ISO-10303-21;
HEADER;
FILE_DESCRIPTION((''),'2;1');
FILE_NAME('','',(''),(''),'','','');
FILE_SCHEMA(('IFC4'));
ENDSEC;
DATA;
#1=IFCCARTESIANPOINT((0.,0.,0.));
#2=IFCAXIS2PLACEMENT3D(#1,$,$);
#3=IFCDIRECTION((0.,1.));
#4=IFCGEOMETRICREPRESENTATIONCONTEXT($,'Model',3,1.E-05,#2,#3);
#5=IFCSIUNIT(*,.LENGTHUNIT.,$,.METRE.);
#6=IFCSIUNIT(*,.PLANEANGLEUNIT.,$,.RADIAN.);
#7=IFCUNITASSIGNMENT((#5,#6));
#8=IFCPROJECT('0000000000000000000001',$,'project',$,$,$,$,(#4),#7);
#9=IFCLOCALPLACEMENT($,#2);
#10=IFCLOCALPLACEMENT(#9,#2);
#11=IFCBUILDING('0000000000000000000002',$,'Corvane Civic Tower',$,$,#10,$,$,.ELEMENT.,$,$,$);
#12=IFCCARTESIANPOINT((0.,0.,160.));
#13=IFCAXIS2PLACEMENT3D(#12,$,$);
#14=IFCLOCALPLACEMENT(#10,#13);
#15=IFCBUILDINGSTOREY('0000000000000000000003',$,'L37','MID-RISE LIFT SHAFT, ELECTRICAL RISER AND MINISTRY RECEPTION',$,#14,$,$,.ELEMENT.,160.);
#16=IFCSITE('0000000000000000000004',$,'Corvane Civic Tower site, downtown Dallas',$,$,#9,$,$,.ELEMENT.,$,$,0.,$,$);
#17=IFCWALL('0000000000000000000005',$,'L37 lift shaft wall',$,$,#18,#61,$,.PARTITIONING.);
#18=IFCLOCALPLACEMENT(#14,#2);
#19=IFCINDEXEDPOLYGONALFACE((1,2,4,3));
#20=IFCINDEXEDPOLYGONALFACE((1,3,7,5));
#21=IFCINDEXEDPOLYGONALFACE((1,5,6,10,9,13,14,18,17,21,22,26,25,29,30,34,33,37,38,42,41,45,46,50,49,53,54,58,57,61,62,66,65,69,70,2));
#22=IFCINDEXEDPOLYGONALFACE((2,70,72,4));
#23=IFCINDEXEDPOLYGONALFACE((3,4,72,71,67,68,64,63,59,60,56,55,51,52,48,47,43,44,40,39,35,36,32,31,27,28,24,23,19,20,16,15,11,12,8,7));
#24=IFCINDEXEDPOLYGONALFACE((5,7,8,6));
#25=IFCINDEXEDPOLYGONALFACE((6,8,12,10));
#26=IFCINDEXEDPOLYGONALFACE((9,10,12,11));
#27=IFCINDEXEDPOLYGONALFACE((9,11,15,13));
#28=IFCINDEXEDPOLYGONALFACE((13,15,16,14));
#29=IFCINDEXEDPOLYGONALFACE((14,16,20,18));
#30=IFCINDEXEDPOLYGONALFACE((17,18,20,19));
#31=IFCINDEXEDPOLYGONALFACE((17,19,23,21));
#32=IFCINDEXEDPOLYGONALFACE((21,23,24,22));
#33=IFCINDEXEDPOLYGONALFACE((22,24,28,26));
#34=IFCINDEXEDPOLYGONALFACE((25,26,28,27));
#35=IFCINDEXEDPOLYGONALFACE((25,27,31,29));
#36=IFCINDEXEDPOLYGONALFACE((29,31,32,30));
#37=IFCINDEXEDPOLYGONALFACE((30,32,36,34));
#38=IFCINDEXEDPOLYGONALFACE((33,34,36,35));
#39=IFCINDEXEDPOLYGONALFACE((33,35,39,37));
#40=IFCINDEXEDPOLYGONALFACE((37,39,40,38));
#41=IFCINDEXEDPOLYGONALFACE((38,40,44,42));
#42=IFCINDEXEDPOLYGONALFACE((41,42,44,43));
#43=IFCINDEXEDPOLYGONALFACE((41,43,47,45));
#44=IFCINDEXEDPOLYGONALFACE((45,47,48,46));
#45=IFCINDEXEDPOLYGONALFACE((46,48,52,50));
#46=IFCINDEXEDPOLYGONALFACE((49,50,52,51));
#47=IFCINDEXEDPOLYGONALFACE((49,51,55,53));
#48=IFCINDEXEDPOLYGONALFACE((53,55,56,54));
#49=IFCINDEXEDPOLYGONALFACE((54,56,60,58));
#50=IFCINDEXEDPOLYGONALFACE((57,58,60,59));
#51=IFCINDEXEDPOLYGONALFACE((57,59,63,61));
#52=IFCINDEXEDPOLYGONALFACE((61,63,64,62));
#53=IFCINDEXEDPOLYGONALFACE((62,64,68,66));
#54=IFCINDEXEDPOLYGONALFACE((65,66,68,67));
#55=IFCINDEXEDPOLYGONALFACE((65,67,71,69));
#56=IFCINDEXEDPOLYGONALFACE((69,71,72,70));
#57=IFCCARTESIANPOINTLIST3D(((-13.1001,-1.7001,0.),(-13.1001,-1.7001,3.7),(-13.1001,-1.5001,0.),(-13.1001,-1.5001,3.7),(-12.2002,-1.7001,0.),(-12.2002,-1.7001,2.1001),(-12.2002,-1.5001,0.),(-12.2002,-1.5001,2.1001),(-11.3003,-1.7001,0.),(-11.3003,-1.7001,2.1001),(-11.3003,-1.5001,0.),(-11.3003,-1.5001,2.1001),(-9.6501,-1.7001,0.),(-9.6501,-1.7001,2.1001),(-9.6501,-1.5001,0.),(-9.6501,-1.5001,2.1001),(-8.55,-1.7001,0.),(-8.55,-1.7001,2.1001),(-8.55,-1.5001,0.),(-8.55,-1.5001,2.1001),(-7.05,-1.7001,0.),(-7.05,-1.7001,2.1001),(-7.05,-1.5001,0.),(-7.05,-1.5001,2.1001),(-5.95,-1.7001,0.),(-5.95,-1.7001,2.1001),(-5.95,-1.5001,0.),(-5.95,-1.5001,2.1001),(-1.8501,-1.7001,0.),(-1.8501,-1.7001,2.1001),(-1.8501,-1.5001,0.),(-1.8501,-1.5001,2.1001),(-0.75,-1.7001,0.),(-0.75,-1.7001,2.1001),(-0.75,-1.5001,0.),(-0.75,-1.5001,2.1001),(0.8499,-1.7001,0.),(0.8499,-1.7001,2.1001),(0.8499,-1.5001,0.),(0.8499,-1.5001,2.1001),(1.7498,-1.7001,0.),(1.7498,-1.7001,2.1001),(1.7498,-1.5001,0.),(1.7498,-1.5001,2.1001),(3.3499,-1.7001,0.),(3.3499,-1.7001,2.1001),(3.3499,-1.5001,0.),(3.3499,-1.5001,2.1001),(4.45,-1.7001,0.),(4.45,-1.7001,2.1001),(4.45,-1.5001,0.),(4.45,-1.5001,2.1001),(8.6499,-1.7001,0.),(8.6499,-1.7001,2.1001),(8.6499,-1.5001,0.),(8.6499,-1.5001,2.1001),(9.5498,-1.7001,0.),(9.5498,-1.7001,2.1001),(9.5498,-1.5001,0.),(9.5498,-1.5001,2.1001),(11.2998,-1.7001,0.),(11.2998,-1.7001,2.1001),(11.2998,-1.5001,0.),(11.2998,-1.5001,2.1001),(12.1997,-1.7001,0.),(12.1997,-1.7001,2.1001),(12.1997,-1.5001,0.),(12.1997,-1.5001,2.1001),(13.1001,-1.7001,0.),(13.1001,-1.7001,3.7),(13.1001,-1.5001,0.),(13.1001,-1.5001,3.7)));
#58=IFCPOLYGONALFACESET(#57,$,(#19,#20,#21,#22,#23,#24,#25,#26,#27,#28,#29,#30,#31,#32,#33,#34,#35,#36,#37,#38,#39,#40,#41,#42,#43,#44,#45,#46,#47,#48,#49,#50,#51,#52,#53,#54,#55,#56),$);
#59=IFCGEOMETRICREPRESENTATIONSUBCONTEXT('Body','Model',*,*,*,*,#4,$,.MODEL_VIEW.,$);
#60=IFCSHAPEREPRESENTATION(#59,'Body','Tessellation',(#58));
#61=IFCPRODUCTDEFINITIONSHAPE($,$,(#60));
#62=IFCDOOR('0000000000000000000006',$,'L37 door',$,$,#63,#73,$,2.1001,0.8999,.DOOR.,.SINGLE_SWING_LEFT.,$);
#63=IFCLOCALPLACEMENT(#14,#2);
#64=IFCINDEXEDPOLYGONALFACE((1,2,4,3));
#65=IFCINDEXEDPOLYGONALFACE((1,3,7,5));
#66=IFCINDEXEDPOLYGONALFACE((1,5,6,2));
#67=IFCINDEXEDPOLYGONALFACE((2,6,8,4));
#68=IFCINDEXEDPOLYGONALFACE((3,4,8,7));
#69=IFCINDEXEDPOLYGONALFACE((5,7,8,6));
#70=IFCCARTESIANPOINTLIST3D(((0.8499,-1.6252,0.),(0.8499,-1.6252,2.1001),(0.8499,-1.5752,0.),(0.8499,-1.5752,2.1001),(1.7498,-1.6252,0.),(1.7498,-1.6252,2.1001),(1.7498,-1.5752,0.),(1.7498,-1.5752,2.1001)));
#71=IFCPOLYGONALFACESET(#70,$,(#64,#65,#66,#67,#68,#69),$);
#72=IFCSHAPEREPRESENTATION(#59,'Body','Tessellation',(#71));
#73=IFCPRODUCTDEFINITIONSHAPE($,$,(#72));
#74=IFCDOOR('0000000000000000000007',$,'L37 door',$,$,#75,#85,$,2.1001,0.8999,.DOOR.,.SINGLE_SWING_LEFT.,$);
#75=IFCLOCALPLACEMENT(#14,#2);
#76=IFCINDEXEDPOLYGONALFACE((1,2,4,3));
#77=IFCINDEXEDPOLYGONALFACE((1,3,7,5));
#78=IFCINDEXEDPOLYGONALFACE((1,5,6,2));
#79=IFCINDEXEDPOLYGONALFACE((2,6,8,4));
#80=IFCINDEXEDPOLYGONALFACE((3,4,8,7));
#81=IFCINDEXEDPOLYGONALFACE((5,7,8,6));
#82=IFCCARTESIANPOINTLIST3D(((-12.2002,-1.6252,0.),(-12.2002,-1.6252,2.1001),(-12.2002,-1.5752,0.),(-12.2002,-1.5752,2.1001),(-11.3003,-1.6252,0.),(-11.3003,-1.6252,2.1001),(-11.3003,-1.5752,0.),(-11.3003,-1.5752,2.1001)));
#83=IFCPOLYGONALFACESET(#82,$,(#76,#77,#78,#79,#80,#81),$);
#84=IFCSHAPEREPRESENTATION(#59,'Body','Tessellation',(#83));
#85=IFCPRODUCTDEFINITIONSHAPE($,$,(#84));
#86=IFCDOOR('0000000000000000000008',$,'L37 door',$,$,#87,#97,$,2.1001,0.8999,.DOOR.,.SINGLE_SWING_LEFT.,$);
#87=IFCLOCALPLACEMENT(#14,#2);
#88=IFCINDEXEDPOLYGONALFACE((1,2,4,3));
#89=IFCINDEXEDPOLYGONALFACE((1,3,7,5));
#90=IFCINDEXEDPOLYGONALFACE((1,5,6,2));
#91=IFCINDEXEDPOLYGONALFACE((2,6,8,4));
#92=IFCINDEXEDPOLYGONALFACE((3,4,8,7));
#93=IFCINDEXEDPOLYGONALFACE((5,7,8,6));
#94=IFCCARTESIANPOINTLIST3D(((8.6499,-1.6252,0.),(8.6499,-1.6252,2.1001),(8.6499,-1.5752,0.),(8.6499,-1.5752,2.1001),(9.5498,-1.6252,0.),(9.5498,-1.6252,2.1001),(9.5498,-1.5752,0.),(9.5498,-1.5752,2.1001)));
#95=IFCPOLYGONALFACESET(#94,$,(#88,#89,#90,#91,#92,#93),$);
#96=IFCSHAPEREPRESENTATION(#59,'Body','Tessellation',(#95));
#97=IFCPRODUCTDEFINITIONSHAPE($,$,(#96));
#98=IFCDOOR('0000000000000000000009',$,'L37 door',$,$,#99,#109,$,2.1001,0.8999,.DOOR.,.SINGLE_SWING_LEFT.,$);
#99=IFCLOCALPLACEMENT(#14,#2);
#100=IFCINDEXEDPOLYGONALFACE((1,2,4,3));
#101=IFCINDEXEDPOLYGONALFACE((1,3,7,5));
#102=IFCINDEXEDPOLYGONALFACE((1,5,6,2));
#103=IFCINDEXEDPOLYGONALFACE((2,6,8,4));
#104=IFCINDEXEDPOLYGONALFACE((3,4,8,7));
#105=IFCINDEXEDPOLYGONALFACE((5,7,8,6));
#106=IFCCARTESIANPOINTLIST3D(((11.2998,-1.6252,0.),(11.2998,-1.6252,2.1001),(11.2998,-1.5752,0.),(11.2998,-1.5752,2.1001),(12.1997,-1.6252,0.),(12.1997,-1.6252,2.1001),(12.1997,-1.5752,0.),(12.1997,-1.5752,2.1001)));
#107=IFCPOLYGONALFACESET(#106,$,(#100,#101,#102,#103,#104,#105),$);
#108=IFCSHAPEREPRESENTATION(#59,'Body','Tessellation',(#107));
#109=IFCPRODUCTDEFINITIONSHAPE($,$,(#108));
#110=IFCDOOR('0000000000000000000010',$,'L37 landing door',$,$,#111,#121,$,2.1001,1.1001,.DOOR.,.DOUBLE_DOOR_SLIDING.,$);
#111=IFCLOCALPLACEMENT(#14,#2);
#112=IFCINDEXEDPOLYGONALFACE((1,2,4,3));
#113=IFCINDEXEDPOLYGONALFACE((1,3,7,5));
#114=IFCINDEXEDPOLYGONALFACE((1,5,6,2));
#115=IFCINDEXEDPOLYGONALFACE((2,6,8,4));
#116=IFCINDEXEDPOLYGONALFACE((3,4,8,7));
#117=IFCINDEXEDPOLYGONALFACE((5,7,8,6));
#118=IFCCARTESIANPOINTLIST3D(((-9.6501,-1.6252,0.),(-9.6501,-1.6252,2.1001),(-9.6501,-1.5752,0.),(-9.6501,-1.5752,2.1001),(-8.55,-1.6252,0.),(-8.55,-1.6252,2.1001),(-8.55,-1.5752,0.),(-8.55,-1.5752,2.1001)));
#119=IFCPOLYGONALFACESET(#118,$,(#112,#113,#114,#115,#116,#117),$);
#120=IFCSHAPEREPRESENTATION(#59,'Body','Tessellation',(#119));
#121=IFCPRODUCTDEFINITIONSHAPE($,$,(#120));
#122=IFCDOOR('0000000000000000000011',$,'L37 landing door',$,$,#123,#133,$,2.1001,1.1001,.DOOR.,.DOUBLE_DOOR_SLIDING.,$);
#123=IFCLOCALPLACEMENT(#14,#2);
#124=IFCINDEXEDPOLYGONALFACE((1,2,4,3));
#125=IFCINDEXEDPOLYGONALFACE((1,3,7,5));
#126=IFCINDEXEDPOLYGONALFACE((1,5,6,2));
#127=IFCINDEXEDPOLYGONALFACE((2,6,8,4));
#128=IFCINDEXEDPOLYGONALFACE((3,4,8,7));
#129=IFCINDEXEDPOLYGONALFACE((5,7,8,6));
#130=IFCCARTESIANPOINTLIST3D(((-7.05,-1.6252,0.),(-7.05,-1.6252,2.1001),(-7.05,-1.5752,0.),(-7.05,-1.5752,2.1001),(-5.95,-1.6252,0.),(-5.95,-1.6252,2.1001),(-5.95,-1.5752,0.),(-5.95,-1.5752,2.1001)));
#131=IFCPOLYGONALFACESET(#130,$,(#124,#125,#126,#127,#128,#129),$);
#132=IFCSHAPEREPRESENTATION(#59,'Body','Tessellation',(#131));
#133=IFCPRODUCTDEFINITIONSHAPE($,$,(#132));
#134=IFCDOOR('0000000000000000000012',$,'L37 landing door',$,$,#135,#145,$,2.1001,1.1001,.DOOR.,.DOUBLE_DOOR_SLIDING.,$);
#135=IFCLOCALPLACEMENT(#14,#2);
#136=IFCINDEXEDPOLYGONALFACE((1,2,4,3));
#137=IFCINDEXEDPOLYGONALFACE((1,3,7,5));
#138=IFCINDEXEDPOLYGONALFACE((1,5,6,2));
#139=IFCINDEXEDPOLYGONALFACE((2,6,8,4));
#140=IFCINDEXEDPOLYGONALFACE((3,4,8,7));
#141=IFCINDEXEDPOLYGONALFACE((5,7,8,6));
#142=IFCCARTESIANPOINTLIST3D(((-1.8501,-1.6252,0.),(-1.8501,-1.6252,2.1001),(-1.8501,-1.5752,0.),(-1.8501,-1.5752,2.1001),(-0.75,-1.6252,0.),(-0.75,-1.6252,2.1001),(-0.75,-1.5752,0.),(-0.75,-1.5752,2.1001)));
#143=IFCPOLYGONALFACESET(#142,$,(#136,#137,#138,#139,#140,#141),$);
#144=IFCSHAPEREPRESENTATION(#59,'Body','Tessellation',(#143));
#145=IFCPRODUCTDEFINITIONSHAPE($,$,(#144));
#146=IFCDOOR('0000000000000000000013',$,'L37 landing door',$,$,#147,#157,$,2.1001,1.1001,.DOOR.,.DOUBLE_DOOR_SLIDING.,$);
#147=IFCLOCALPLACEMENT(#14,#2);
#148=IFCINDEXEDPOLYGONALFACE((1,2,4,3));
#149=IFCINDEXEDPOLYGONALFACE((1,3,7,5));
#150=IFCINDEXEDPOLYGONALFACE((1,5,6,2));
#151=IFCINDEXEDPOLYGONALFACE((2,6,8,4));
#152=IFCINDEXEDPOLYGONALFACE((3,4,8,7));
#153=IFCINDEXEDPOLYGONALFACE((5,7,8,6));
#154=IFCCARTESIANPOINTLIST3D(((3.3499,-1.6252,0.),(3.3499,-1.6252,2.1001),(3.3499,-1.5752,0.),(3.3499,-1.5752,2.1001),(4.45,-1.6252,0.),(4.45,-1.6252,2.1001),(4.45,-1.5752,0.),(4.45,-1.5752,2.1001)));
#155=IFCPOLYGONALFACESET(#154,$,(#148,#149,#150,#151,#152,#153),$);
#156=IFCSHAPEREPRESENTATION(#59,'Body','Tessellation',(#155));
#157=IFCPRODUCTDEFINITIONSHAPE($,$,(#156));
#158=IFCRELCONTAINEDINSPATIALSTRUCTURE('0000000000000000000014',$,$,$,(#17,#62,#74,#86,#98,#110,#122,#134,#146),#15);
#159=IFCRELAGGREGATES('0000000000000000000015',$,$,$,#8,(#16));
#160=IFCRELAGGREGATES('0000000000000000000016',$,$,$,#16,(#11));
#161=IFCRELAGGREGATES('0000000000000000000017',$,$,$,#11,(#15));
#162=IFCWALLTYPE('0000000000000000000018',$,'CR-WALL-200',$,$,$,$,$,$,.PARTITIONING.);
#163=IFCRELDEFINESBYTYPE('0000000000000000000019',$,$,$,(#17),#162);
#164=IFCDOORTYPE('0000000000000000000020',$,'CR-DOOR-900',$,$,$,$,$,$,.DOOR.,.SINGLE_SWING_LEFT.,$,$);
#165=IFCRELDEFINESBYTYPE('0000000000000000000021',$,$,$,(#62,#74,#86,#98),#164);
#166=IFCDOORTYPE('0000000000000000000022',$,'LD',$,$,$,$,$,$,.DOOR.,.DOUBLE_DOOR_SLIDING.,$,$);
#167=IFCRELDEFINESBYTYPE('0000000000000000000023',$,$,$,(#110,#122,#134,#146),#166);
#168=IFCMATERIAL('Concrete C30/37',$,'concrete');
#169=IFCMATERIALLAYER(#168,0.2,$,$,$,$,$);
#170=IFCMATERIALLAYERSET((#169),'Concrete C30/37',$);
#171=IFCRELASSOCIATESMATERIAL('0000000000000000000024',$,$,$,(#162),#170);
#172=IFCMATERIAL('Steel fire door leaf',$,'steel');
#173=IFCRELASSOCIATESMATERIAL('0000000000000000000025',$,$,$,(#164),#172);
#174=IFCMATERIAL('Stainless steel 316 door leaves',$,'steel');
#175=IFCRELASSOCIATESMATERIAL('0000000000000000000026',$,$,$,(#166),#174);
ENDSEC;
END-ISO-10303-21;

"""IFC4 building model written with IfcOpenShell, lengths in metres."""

from ifc_helpers import new_model, si_unit, direction, frame, frame_2d, origin, place, context, subcontext, project, spatial, rectangle, extrude, material, layer, layer_set, type_object, element, fill, save


model = new_model("IFC4")

# Units and contexts
model_context = context("Model", 3, precision=1e-05, world=origin(), true_north=direction((0.0, 1.0)))
body_context = subcontext(model_context, "Body", "Model", "MODEL_VIEW")
ifc_project = project(units=[si_unit("LENGTHUNIT", "METRE"), si_unit("PLANEANGLEUNIT", "RADIAN")], contexts=[model_context])

# Site, building, storey
site_placement = place(None, origin())
site = spatial("IfcSite", under=ifc_project, at=site_placement, Name="Corvane Civic Tower site, downtown Dallas", CompositionType="ELEMENT", RefElevation=0.0)
building_placement = place(site_placement, origin())
building = spatial("IfcBuilding", under=site, at=building_placement, Name="Corvane Civic Tower", CompositionType="ELEMENT")
storey_placement = place(building_placement, frame((0.0, 0.0, 160.0)))
storey = spatial("IfcBuildingStorey", under=building, at=storey_placement, Name="L37", Description="MID-RISE LIFT SHAFT, ELECTRICAL RISER AND MINISTRY RECEPTION", CompositionType="ELEMENT", Elevation=160.0)

# Wall, openings, doors
ifc_material_1 = material(Name="Concrete C30/37", Category="concrete")
ifc_layer_1 = layer(ifc_material_1, 0.2)
ifc_layer_set_1 = layer_set([ifc_layer_1], Name="Concrete C30/37")
wall_type_1 = type_object("IfcWallType", Name="CR-WALL-200", PredefinedType="PARTITIONING", material=ifc_layer_set_1)
ifc_material_2 = material(Name="Steel fire door leaf", Category="steel")
door_type_1 = type_object("IfcDoorType", Name="CR-DOOR-900", OperationType="SINGLE_SWING_LEFT", PredefinedType="DOOR", material=ifc_material_2)
wall_1_placement = place(storey_placement, frame((-13.1001, -1.6001, 0.0), z_axis=(0.0, 0.0, 1.0), x_axis=(1.0, 0.0, 0.0)))
wall_1 = element("IfcWall", 1, at=wall_1_placement, inside=storey, type_object=wall_type_1, Name="L37 lift shaft wall", PredefinedType="PARTITIONING", context=body_context, shape_type="SweptSolid", body=[
    extrude(rectangle(XDim=26.2002, YDim=0.2, at=frame_2d((13.1001, 0.0))), origin(), (0.0, 0.0, 1.0), 3.7),
])
opening_1_placement = place(wall_1_placement, frame((3.45, 0.0, 0.0)))
opening_1 = element("IfcOpeningElement", 2, at=opening_1_placement, cuts=wall_1, PredefinedType="OPENING", context=body_context, shape_type="SweptSolid", body=[
    extrude(rectangle(XDim=1.1001, YDim=2.1001, at=frame_2d((0.55, 1.05))), frame((0.0, 0.1099, 0.0), z_axis=(0.0, -1.0, 0.0), x_axis=(1.0, 0.0, 0.0)), (0.0, 0.0, 1.0), 0.22),
])
opening_2_placement = place(wall_1_placement, frame((6.05, 0.0, 0.0)))
opening_2 = element("IfcOpeningElement", 3, at=opening_2_placement, cuts=wall_1, PredefinedType="OPENING", context=body_context, shape_type="SweptSolid", body=[
    extrude(rectangle(XDim=1.1001, YDim=2.1001, at=frame_2d((0.55, 1.05))), frame((0.0, 0.1099, 0.0), z_axis=(0.0, -1.0, 0.0), x_axis=(1.0, 0.0, 0.0)), (0.0, 0.0, 1.0), 0.22),
])
opening_3_placement = place(wall_1_placement, frame((11.25, 0.0, 0.0)))
opening_3 = element("IfcOpeningElement", 4, at=opening_3_placement, cuts=wall_1, PredefinedType="OPENING", context=body_context, shape_type="SweptSolid", body=[
    extrude(rectangle(XDim=1.1001, YDim=2.1001, at=frame_2d((0.55, 1.05))), frame((0.0, 0.1099, 0.0), z_axis=(0.0, -1.0, 0.0), x_axis=(1.0, 0.0, 0.0)), (0.0, 0.0, 1.0), 0.22),
])
opening_4_placement = place(wall_1_placement, frame((13.95, 0.0, 0.0)))
opening_4 = element("IfcOpeningElement", 5, at=opening_4_placement, cuts=wall_1, PredefinedType="OPENING", context=body_context, shape_type="SweptSolid", body=[
    extrude(rectangle(XDim=0.8999, YDim=2.1001, at=frame_2d((0.45, 1.05))), frame((0.0, 0.1099, 0.0), z_axis=(0.0, -1.0, 0.0), x_axis=(1.0, 0.0, 0.0)), (0.0, 0.0, 1.0), 0.22),
])
opening_5_placement = place(wall_1_placement, frame((16.45, 0.0, 0.0)))
opening_5 = element("IfcOpeningElement", 6, at=opening_5_placement, cuts=wall_1, PredefinedType="OPENING", context=body_context, shape_type="SweptSolid", body=[
    extrude(rectangle(XDim=1.1001, YDim=2.1001, at=frame_2d((0.55, 1.05))), frame((0.0, 0.1099, 0.0), z_axis=(0.0, -1.0, 0.0), x_axis=(1.0, 0.0, 0.0)), (0.0, 0.0, 1.0), 0.22),
])
opening_6_placement = place(wall_1_placement, frame((0.8999, 0.0, 0.0)))
opening_6 = element("IfcOpeningElement", 7, at=opening_6_placement, cuts=wall_1, PredefinedType="OPENING", context=body_context, shape_type="SweptSolid", body=[
    extrude(rectangle(XDim=0.8999, YDim=2.1001, at=frame_2d((0.45, 1.05))), frame((0.0, 0.1099, 0.0), z_axis=(0.0, -1.0, 0.0), x_axis=(1.0, 0.0, 0.0)), (0.0, 0.0, 1.0), 0.22),
])
opening_7_placement = place(wall_1_placement, frame((21.75, 0.0, 0.0)))
opening_7 = element("IfcOpeningElement", 8, at=opening_7_placement, cuts=wall_1, PredefinedType="OPENING", context=body_context, shape_type="SweptSolid", body=[
    extrude(rectangle(XDim=0.8999, YDim=2.1001, at=frame_2d((0.45, 1.05))), frame((0.0, 0.1099, 0.0), z_axis=(0.0, -1.0, 0.0), x_axis=(1.0, 0.0, 0.0)), (0.0, 0.0, 1.0), 0.22),
])
opening_8_placement = place(wall_1_placement, frame((24.3999, 0.0, 0.0)))
opening_8 = element("IfcOpeningElement", 9, at=opening_8_placement, cuts=wall_1, PredefinedType="OPENING", context=body_context, shape_type="SweptSolid", body=[
    extrude(rectangle(XDim=0.8999, YDim=2.1001, at=frame_2d((0.45, 1.05))), frame((0.0, 0.1099, 0.0), z_axis=(0.0, -1.0, 0.0), x_axis=(1.0, 0.0, 0.0)), (0.0, 0.0, 1.0), 0.22),
])
door_1_placement = place(opening_4_placement, origin())
door_1 = element("IfcDoor", 10, at=door_1_placement, inside=storey, type_object=door_type_1, Name="L37 door", OperationType="SINGLE_SWING_LEFT", OverallHeight=2.1001, OverallWidth=0.8999, PredefinedType="DOOR", context=body_context, shape_type="SweptSolid", body=[
    extrude(rectangle(XDim=0.8999, YDim=2.1001, at=frame_2d((0.45, 1.05))), frame((0.0, 0.0249, 0.0), z_axis=(0.0, -1.0, 0.0), x_axis=(1.0, 0.0, 0.0)), (0.0, 0.0, 1.0), 0.05),
])
fill(opening_4, door_1)
door_2_placement = place(opening_6_placement, origin())
door_2 = element("IfcDoor", 11, at=door_2_placement, inside=storey, type_object=door_type_1, Name="L37 door", OperationType="SINGLE_SWING_LEFT", OverallHeight=2.1001, OverallWidth=0.8999, PredefinedType="DOOR", context=body_context, shape_type="SweptSolid", body=[
    extrude(rectangle(XDim=0.8999, YDim=2.1001, at=frame_2d((0.45, 1.05))), frame((0.0, 0.0249, 0.0), z_axis=(0.0, -1.0, 0.0), x_axis=(1.0, 0.0, 0.0)), (0.0, 0.0, 1.0), 0.05),
])
fill(opening_6, door_2)
door_3_placement = place(opening_7_placement, origin())
door_3 = element("IfcDoor", 12, at=door_3_placement, inside=storey, type_object=door_type_1, Name="L37 door", OperationType="SINGLE_SWING_LEFT", OverallHeight=2.1001, OverallWidth=0.8999, PredefinedType="DOOR", context=body_context, shape_type="SweptSolid", body=[
    extrude(rectangle(XDim=0.8999, YDim=2.1001, at=frame_2d((0.45, 1.05))), frame((0.0, 0.0249, 0.0), z_axis=(0.0, -1.0, 0.0), x_axis=(1.0, 0.0, 0.0)), (0.0, 0.0, 1.0), 0.05),
])
fill(opening_7, door_3)
door_4_placement = place(opening_8_placement, origin())
door_4 = element("IfcDoor", 13, at=door_4_placement, inside=storey, type_object=door_type_1, Name="L37 door", OperationType="SINGLE_SWING_LEFT", OverallHeight=2.1001, OverallWidth=0.8999, PredefinedType="DOOR", context=body_context, shape_type="SweptSolid", body=[
    extrude(rectangle(XDim=0.8999, YDim=2.1001, at=frame_2d((0.45, 1.05))), frame((0.0, 0.0249, 0.0), z_axis=(0.0, -1.0, 0.0), x_axis=(1.0, 0.0, 0.0)), (0.0, 0.0, 1.0), 0.05),
])
fill(opening_8, door_4)
ifc_material_3 = material(Name="Stainless steel 316 door leaves", Category="steel")
door_type_2 = type_object("IfcDoorType", Name="LD", OperationType="DOUBLE_DOOR_SLIDING", PredefinedType="DOOR", material=ifc_material_3)
door_5_placement = place(opening_1_placement, origin())
door_5 = element("IfcDoor", 14, at=door_5_placement, inside=storey, type_object=door_type_2, Name="L37 landing door", OperationType="DOUBLE_DOOR_SLIDING", OverallHeight=2.1001, OverallWidth=1.1001, PredefinedType="DOOR", context=body_context, shape_type="SweptSolid", body=[
    extrude(rectangle(XDim=1.1001, YDim=2.1001, at=frame_2d((0.55, 1.05))), frame((0.0, 0.0249, 0.0), z_axis=(0.0, -1.0, 0.0), x_axis=(1.0, 0.0, 0.0)), (0.0, 0.0, 1.0), 0.05),
])
fill(opening_1, door_5)
door_6_placement = place(opening_2_placement, origin())
door_6 = element("IfcDoor", 15, at=door_6_placement, inside=storey, type_object=door_type_2, Name="L37 landing door", OperationType="DOUBLE_DOOR_SLIDING", OverallHeight=2.1001, OverallWidth=1.1001, PredefinedType="DOOR", context=body_context, shape_type="SweptSolid", body=[
    extrude(rectangle(XDim=1.1001, YDim=2.1001, at=frame_2d((0.55, 1.05))), frame((0.0, 0.0249, 0.0), z_axis=(0.0, -1.0, 0.0), x_axis=(1.0, 0.0, 0.0)), (0.0, 0.0, 1.0), 0.05),
])
fill(opening_2, door_6)
door_7_placement = place(opening_3_placement, origin())
door_7 = element("IfcDoor", 16, at=door_7_placement, inside=storey, type_object=door_type_2, Name="L37 landing door", OperationType="DOUBLE_DOOR_SLIDING", OverallHeight=2.1001, OverallWidth=1.1001, PredefinedType="DOOR", context=body_context, shape_type="SweptSolid", body=[
    extrude(rectangle(XDim=1.1001, YDim=2.1001, at=frame_2d((0.55, 1.05))), frame((0.0, 0.0249, 0.0), z_axis=(0.0, -1.0, 0.0), x_axis=(1.0, 0.0, 0.0)), (0.0, 0.0, 1.0), 0.05),
])
fill(opening_3, door_7)
door_8_placement = place(opening_5_placement, origin())
door_8 = element("IfcDoor", 17, at=door_8_placement, inside=storey, type_object=door_type_2, Name="L37 landing door", OperationType="DOUBLE_DOOR_SLIDING", OverallHeight=2.1001, OverallWidth=1.1001, PredefinedType="DOOR", context=body_context, shape_type="SweptSolid", body=[
    extrude(rectangle(XDim=1.1001, YDim=2.1001, at=frame_2d((0.55, 1.05))), frame((0.0, 0.0249, 0.0), z_axis=(0.0, -1.0, 0.0), x_axis=(1.0, 0.0, 0.0)), (0.0, 0.0, 1.0), 0.05),
])
fill(opening_5, door_8)

save(model, "model.ifc")
